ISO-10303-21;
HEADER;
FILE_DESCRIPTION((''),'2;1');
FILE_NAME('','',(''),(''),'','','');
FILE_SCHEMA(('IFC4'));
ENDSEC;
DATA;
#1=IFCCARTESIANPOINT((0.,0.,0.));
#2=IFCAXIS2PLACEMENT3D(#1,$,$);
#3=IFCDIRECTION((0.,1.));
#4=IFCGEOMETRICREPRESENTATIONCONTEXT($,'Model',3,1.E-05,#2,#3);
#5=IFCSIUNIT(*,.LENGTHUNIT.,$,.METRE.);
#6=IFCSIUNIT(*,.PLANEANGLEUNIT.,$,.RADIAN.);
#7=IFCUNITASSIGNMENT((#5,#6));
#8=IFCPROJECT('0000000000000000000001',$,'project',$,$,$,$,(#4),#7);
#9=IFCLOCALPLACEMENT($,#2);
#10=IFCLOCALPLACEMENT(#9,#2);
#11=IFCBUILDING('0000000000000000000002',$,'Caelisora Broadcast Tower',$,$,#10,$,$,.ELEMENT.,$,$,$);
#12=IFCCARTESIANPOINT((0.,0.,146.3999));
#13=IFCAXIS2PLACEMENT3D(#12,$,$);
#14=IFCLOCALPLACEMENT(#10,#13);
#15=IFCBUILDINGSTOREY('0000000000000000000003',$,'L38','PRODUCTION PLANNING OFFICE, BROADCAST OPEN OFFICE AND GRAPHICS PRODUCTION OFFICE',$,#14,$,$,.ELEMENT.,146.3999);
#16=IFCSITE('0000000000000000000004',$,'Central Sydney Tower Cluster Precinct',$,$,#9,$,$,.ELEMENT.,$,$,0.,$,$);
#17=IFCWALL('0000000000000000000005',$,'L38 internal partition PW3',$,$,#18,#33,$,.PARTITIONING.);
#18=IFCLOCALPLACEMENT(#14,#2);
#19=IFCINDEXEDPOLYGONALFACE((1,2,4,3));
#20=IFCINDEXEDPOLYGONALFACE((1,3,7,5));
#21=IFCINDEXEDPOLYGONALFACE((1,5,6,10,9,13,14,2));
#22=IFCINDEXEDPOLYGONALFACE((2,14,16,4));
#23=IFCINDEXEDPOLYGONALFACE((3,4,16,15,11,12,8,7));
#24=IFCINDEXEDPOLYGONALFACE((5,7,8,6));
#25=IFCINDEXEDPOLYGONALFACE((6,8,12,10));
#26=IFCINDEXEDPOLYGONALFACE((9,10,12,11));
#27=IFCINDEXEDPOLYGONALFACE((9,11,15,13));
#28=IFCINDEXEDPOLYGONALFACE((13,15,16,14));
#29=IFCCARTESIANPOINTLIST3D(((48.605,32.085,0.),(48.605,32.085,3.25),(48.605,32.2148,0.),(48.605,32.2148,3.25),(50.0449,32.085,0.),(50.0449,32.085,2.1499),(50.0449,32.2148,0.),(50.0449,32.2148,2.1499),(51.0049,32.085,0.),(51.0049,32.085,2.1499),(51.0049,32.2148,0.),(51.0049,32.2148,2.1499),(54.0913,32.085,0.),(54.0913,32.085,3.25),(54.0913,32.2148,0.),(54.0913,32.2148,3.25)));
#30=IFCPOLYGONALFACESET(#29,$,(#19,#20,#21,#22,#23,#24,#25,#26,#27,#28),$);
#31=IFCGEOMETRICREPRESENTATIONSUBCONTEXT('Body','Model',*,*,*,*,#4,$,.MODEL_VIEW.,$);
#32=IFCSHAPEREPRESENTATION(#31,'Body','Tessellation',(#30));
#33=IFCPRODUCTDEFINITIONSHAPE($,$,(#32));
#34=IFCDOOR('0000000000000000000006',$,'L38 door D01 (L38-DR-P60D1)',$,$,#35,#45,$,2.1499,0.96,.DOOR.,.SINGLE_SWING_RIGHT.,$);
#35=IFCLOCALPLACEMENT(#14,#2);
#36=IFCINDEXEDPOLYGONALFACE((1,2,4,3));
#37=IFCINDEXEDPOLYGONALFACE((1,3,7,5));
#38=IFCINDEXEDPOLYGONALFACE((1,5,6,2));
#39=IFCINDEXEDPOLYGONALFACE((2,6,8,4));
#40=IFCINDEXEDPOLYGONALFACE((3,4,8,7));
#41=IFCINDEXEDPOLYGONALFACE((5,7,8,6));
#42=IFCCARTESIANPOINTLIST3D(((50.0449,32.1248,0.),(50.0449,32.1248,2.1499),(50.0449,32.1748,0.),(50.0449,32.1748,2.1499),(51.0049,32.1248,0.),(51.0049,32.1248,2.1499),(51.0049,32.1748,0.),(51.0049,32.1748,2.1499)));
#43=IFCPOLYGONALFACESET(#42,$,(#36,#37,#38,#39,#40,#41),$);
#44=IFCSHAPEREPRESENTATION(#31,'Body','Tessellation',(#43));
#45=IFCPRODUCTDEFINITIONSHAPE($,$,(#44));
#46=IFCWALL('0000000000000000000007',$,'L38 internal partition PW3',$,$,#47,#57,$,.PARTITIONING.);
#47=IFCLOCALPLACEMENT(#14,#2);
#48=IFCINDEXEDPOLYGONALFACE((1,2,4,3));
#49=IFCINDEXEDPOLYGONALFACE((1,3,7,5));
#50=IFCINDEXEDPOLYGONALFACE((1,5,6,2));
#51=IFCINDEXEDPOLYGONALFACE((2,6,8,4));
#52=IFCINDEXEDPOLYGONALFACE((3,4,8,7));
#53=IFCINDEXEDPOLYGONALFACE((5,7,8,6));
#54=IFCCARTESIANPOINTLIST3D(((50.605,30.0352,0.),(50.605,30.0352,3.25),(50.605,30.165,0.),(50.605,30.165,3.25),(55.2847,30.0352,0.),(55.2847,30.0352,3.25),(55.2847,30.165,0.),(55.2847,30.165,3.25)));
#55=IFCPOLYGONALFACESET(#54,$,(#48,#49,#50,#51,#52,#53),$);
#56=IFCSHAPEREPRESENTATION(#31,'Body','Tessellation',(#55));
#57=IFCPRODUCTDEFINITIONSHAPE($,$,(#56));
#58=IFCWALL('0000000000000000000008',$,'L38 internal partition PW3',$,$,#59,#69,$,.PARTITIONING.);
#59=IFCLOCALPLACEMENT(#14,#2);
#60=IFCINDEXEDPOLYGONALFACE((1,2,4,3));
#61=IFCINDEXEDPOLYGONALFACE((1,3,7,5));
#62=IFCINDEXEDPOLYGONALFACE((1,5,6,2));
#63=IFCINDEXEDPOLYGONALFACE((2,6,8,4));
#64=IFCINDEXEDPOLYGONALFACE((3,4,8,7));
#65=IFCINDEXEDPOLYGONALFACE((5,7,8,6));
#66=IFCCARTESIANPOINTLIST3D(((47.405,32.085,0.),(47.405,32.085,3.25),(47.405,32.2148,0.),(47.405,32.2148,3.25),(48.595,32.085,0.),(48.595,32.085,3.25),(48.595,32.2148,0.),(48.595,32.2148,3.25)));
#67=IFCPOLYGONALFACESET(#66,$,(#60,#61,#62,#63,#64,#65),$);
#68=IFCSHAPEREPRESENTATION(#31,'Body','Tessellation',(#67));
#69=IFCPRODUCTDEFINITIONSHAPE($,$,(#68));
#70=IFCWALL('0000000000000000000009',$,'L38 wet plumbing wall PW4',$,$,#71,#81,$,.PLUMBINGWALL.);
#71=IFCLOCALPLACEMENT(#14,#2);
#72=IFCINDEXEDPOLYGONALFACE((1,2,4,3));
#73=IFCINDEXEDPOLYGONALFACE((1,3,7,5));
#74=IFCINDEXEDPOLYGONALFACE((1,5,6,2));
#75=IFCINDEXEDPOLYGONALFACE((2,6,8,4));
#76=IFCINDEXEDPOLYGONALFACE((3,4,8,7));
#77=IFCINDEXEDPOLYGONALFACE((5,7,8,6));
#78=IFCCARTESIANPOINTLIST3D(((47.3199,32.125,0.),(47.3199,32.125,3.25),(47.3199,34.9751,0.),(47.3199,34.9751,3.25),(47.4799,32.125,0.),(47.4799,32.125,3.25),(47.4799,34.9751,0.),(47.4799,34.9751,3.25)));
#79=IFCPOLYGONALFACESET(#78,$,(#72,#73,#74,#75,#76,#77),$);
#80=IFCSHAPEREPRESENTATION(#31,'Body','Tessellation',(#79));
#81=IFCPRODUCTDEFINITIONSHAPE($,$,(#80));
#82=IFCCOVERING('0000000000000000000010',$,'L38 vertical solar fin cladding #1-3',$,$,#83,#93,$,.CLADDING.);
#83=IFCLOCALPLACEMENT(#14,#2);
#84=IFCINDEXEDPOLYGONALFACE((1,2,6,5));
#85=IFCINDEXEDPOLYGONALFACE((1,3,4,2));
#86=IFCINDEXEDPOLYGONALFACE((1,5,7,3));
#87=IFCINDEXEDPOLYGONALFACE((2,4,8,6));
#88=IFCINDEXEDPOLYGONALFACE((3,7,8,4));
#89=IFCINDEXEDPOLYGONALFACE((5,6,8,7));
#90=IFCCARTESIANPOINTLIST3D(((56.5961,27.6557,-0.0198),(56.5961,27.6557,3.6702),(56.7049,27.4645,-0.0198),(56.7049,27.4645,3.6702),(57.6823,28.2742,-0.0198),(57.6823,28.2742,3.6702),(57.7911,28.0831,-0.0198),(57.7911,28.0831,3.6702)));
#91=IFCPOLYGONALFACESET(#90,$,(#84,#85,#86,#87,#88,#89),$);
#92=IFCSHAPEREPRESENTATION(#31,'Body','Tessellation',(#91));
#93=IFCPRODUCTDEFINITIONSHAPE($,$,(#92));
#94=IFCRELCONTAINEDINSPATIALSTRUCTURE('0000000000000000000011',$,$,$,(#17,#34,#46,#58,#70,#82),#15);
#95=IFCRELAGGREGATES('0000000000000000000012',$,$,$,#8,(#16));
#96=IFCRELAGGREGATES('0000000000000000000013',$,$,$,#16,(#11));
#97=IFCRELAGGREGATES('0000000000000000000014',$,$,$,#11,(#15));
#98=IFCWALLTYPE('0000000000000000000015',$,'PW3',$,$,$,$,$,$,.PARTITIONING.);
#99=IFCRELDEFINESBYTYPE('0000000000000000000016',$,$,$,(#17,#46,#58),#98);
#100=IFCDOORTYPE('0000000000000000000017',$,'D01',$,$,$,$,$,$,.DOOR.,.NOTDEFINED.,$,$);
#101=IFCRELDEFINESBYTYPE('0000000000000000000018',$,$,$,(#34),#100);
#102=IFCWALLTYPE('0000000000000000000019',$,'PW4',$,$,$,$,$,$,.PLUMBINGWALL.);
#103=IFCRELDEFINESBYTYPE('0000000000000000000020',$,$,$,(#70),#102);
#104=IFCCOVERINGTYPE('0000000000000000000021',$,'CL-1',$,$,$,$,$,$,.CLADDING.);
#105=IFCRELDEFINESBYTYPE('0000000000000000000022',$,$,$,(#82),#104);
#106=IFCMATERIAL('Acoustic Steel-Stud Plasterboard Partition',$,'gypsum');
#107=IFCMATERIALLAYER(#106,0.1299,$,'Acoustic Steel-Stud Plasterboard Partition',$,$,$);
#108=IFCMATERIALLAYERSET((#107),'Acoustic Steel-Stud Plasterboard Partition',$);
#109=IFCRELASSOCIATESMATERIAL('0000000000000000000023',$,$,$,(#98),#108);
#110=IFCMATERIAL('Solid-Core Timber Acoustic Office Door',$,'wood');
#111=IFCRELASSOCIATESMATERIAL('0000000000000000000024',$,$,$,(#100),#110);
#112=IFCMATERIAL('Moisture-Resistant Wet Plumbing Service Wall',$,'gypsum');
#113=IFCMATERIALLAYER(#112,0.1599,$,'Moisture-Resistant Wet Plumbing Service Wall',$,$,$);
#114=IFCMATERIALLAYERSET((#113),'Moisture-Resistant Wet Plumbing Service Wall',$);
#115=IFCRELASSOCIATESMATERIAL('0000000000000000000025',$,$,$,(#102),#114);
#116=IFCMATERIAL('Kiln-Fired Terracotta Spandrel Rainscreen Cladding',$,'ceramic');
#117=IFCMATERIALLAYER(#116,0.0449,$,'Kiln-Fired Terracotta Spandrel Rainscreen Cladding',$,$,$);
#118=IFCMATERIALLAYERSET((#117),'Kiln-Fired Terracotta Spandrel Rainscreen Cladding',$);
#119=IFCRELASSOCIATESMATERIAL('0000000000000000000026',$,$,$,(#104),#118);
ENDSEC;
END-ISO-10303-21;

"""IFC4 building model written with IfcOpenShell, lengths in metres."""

from ifc_helpers import new_model, si_unit, direction, frame, frame_2d, origin, origin_2d, place, context, subcontext, project, spatial, rectangle, extrude, source, transform, mapped, material, layer, layer_set, type_object, type_shapes, element, fill, save


model = new_model("IFC4")

# Units and contexts
model_context = context("Model", 3, precision=1e-05, world=origin(), true_north=direction((0.0, 1.0)))
body_context = subcontext(model_context, "Body", "Model", "MODEL_VIEW")
ifc_project = project(units=[si_unit("LENGTHUNIT", "METRE"), si_unit("PLANEANGLEUNIT", "RADIAN")], contexts=[model_context])

# Site, building, storey
site_placement = place(None, origin())
site = spatial("IfcSite", under=ifc_project, at=site_placement, Name="Central Sydney Tower Cluster Precinct", CompositionType="ELEMENT", RefElevation=0.0)
building_placement = place(site_placement, origin())
building = spatial("IfcBuilding", under=site, at=building_placement, Name="Caelisora Broadcast Tower", CompositionType="ELEMENT")
storey_placement = place(building_placement, frame((0.0, 0.0, 146.3999)))
storey = spatial("IfcBuildingStorey", under=building, at=storey_placement, Name="L38", Description="PRODUCTION PLANNING OFFICE, BROADCAST OPEN OFFICE AND GRAPHICS PRODUCTION OFFICE", CompositionType="ELEMENT", Elevation=146.3999)

# Wall, opening, door
ifc_material_1 = material(Name="Acoustic Steel-Stud Plasterboard Partition", Category="gypsum")
ifc_layer_1 = layer(ifc_material_1, 0.1299, Name="Acoustic Steel-Stud Plasterboard Partition")
ifc_layer_set_1 = layer_set([ifc_layer_1], Name="Acoustic Steel-Stud Plasterboard Partition")
wall_type_1 = type_object("IfcWallType", Name="PW3", PredefinedType="PARTITIONING", material=ifc_layer_set_1)
ifc_material_2 = material(Name="Solid-Core Timber Acoustic Office Door", Category="wood")
door_type = type_object("IfcDoorType", Name="D01", OperationType="NOTDEFINED", PredefinedType="DOOR", material=ifc_material_2)
wall_1_placement = place(storey_placement, frame((48.605, 32.1499, 0.0), z_axis=(0.0, 0.0, 1.0), x_axis=(1.0, 0.0, 0.0)))
wall_1 = element("IfcWall", 1, at=wall_1_placement, inside=storey, type_object=wall_type_1, Name="L38 internal partition PW3", PredefinedType="PARTITIONING", context=body_context, shape_type="SweptSolid", body=[
    extrude(rectangle(XDim=5.4863, YDim=0.1299, at=frame_2d((2.7432, 0.0))), origin(), (0.0, 0.0, 1.0), 3.25),
])
opening_1_placement = place(wall_1_placement, frame((1.4399, 0.0, 0.0)))
opening_1 = element("IfcOpeningElement", 2, at=opening_1_placement, cuts=wall_1, PredefinedType="OPENING", context=body_context, shape_type="SweptSolid", body=[
    extrude(rectangle(XDim=0.96, YDim=2.1499, at=frame_2d((0.48, 1.075))), frame((0.0, 0.0769, 0.0), z_axis=(0.0, -1.0, 0.0), x_axis=(1.0, 0.0, 0.0)), (0.0, 0.0, 1.0), 0.1538),
])
door_1_placement = place(opening_1_placement, origin())
door_1 = element("IfcDoor", 3, at=door_1_placement, inside=storey, type_object=door_type, Name="L38 door D01 (L38-DR-P60D1)", OperationType="SINGLE_SWING_RIGHT", OverallHeight=2.1499, OverallWidth=0.96, PredefinedType="DOOR", context=body_context, shape_type="SweptSolid", body=[
    extrude(rectangle(XDim=0.96, YDim=2.1499, at=frame_2d((0.48, 1.075))), frame((0.0, 0.0249, 0.0), z_axis=(0.0, -1.0, 0.0), x_axis=(1.0, 0.0, 0.0)), (0.0, 0.0, 1.0), 0.05),
])
fill(opening_1, door_1)

# Walls
wall_2_placement = place(storey_placement, frame((50.605, 30.1001, 0.0), z_axis=(0.0, 0.0, 1.0), x_axis=(1.0, 0.0, 0.0)))
element("IfcWall", 4, at=wall_2_placement, inside=storey, type_object=wall_type_1, Name="L38 internal partition PW3", PredefinedType="PARTITIONING", context=body_context, shape_type="SweptSolid", body=[
    extrude(rectangle(XDim=4.6797, YDim=0.1299, at=frame_2d((2.3398, 0.0))), origin(), (0.0, 0.0, 1.0), 3.25),
])
wall_3_placement = place(storey_placement, frame((47.405, 32.1499, 0.0), z_axis=(0.0, 0.0, 1.0), x_axis=(1.0, 0.0, 0.0)))
element("IfcWall", 5, at=wall_3_placement, inside=storey, type_object=wall_type_1, Name="L38 internal partition PW3", PredefinedType="PARTITIONING", context=body_context, shape_type="SweptSolid", body=[
    extrude(rectangle(XDim=1.1899, YDim=0.1299, at=frame_2d((0.595, 0.0))), origin(), (0.0, 0.0, 1.0), 3.25),
])
ifc_material_3 = material(Name="Moisture-Resistant Wet Plumbing Service Wall", Category="gypsum")
ifc_layer_2 = layer(ifc_material_3, 0.1599, Name="Moisture-Resistant Wet Plumbing Service Wall")
ifc_layer_set_2 = layer_set([ifc_layer_2], Name="Moisture-Resistant Wet Plumbing Service Wall")
wall_type_2 = type_object("IfcWallType", Name="PW4", PredefinedType="PLUMBINGWALL", material=ifc_layer_set_2)
wall_4_placement = place(storey_placement, frame((47.3999, 32.125, 0.0), z_axis=(0.0, 0.0, 1.0), x_axis=(0.0, 1.0, 0.0)))
element("IfcWall", 6, at=wall_4_placement, inside=storey, type_object=wall_type_2, Name="L38 wet plumbing wall PW4", PredefinedType="PLUMBINGWALL", context=body_context, shape_type="SweptSolid", body=[
    extrude(rectangle(XDim=2.8501, YDim=0.1599, at=frame_2d((1.425, 0.0))), origin(), (0.0, 0.0, 1.0), 3.25),
])

# Covering
ifc_material_4 = material(Name="Kiln-Fired Terracotta Spandrel Rainscreen Cladding", Category="ceramic")
ifc_layer_3 = layer(ifc_material_4, 0.0449, Name="Kiln-Fired Terracotta Spandrel Rainscreen Cladding")
ifc_layer_set_3 = layer_set([ifc_layer_3], Name="Kiln-Fired Terracotta Spandrel Rainscreen Cladding")
covering_type = type_object("IfcCoveringType", Name="CL-1", PredefinedType="CLADDING", material=ifc_layer_set_3)
shared_shape_1 = source(origin(), body_context, "Body", "SweptSolid", [
    extrude(rectangle(XDim=0.22, YDim=1.25, at=origin_2d()), origin(), (0.0, 0.0, 1.0), 3.6899),
])
type_shapes(covering_type, [shared_shape_1])
covering_placement = place(storey_placement, frame((57.1936, 27.8694, -0.0198), z_axis=(0.0, 0.0, 1.0), x_axis=(0.494852, -0.868977, 0.0)))
element("IfcCovering", 7, at=covering_placement, inside=storey, type_object=covering_type, Name="L38 vertical solar fin cladding #1-3", PredefinedType="CLADDING", context=body_context, shape_type="MappedRepresentation", body=[
    mapped(shared_shape_1, transform((0.0, 0.0, 0.0), scale=1.0)),
])

save(model, "model.ifc")
